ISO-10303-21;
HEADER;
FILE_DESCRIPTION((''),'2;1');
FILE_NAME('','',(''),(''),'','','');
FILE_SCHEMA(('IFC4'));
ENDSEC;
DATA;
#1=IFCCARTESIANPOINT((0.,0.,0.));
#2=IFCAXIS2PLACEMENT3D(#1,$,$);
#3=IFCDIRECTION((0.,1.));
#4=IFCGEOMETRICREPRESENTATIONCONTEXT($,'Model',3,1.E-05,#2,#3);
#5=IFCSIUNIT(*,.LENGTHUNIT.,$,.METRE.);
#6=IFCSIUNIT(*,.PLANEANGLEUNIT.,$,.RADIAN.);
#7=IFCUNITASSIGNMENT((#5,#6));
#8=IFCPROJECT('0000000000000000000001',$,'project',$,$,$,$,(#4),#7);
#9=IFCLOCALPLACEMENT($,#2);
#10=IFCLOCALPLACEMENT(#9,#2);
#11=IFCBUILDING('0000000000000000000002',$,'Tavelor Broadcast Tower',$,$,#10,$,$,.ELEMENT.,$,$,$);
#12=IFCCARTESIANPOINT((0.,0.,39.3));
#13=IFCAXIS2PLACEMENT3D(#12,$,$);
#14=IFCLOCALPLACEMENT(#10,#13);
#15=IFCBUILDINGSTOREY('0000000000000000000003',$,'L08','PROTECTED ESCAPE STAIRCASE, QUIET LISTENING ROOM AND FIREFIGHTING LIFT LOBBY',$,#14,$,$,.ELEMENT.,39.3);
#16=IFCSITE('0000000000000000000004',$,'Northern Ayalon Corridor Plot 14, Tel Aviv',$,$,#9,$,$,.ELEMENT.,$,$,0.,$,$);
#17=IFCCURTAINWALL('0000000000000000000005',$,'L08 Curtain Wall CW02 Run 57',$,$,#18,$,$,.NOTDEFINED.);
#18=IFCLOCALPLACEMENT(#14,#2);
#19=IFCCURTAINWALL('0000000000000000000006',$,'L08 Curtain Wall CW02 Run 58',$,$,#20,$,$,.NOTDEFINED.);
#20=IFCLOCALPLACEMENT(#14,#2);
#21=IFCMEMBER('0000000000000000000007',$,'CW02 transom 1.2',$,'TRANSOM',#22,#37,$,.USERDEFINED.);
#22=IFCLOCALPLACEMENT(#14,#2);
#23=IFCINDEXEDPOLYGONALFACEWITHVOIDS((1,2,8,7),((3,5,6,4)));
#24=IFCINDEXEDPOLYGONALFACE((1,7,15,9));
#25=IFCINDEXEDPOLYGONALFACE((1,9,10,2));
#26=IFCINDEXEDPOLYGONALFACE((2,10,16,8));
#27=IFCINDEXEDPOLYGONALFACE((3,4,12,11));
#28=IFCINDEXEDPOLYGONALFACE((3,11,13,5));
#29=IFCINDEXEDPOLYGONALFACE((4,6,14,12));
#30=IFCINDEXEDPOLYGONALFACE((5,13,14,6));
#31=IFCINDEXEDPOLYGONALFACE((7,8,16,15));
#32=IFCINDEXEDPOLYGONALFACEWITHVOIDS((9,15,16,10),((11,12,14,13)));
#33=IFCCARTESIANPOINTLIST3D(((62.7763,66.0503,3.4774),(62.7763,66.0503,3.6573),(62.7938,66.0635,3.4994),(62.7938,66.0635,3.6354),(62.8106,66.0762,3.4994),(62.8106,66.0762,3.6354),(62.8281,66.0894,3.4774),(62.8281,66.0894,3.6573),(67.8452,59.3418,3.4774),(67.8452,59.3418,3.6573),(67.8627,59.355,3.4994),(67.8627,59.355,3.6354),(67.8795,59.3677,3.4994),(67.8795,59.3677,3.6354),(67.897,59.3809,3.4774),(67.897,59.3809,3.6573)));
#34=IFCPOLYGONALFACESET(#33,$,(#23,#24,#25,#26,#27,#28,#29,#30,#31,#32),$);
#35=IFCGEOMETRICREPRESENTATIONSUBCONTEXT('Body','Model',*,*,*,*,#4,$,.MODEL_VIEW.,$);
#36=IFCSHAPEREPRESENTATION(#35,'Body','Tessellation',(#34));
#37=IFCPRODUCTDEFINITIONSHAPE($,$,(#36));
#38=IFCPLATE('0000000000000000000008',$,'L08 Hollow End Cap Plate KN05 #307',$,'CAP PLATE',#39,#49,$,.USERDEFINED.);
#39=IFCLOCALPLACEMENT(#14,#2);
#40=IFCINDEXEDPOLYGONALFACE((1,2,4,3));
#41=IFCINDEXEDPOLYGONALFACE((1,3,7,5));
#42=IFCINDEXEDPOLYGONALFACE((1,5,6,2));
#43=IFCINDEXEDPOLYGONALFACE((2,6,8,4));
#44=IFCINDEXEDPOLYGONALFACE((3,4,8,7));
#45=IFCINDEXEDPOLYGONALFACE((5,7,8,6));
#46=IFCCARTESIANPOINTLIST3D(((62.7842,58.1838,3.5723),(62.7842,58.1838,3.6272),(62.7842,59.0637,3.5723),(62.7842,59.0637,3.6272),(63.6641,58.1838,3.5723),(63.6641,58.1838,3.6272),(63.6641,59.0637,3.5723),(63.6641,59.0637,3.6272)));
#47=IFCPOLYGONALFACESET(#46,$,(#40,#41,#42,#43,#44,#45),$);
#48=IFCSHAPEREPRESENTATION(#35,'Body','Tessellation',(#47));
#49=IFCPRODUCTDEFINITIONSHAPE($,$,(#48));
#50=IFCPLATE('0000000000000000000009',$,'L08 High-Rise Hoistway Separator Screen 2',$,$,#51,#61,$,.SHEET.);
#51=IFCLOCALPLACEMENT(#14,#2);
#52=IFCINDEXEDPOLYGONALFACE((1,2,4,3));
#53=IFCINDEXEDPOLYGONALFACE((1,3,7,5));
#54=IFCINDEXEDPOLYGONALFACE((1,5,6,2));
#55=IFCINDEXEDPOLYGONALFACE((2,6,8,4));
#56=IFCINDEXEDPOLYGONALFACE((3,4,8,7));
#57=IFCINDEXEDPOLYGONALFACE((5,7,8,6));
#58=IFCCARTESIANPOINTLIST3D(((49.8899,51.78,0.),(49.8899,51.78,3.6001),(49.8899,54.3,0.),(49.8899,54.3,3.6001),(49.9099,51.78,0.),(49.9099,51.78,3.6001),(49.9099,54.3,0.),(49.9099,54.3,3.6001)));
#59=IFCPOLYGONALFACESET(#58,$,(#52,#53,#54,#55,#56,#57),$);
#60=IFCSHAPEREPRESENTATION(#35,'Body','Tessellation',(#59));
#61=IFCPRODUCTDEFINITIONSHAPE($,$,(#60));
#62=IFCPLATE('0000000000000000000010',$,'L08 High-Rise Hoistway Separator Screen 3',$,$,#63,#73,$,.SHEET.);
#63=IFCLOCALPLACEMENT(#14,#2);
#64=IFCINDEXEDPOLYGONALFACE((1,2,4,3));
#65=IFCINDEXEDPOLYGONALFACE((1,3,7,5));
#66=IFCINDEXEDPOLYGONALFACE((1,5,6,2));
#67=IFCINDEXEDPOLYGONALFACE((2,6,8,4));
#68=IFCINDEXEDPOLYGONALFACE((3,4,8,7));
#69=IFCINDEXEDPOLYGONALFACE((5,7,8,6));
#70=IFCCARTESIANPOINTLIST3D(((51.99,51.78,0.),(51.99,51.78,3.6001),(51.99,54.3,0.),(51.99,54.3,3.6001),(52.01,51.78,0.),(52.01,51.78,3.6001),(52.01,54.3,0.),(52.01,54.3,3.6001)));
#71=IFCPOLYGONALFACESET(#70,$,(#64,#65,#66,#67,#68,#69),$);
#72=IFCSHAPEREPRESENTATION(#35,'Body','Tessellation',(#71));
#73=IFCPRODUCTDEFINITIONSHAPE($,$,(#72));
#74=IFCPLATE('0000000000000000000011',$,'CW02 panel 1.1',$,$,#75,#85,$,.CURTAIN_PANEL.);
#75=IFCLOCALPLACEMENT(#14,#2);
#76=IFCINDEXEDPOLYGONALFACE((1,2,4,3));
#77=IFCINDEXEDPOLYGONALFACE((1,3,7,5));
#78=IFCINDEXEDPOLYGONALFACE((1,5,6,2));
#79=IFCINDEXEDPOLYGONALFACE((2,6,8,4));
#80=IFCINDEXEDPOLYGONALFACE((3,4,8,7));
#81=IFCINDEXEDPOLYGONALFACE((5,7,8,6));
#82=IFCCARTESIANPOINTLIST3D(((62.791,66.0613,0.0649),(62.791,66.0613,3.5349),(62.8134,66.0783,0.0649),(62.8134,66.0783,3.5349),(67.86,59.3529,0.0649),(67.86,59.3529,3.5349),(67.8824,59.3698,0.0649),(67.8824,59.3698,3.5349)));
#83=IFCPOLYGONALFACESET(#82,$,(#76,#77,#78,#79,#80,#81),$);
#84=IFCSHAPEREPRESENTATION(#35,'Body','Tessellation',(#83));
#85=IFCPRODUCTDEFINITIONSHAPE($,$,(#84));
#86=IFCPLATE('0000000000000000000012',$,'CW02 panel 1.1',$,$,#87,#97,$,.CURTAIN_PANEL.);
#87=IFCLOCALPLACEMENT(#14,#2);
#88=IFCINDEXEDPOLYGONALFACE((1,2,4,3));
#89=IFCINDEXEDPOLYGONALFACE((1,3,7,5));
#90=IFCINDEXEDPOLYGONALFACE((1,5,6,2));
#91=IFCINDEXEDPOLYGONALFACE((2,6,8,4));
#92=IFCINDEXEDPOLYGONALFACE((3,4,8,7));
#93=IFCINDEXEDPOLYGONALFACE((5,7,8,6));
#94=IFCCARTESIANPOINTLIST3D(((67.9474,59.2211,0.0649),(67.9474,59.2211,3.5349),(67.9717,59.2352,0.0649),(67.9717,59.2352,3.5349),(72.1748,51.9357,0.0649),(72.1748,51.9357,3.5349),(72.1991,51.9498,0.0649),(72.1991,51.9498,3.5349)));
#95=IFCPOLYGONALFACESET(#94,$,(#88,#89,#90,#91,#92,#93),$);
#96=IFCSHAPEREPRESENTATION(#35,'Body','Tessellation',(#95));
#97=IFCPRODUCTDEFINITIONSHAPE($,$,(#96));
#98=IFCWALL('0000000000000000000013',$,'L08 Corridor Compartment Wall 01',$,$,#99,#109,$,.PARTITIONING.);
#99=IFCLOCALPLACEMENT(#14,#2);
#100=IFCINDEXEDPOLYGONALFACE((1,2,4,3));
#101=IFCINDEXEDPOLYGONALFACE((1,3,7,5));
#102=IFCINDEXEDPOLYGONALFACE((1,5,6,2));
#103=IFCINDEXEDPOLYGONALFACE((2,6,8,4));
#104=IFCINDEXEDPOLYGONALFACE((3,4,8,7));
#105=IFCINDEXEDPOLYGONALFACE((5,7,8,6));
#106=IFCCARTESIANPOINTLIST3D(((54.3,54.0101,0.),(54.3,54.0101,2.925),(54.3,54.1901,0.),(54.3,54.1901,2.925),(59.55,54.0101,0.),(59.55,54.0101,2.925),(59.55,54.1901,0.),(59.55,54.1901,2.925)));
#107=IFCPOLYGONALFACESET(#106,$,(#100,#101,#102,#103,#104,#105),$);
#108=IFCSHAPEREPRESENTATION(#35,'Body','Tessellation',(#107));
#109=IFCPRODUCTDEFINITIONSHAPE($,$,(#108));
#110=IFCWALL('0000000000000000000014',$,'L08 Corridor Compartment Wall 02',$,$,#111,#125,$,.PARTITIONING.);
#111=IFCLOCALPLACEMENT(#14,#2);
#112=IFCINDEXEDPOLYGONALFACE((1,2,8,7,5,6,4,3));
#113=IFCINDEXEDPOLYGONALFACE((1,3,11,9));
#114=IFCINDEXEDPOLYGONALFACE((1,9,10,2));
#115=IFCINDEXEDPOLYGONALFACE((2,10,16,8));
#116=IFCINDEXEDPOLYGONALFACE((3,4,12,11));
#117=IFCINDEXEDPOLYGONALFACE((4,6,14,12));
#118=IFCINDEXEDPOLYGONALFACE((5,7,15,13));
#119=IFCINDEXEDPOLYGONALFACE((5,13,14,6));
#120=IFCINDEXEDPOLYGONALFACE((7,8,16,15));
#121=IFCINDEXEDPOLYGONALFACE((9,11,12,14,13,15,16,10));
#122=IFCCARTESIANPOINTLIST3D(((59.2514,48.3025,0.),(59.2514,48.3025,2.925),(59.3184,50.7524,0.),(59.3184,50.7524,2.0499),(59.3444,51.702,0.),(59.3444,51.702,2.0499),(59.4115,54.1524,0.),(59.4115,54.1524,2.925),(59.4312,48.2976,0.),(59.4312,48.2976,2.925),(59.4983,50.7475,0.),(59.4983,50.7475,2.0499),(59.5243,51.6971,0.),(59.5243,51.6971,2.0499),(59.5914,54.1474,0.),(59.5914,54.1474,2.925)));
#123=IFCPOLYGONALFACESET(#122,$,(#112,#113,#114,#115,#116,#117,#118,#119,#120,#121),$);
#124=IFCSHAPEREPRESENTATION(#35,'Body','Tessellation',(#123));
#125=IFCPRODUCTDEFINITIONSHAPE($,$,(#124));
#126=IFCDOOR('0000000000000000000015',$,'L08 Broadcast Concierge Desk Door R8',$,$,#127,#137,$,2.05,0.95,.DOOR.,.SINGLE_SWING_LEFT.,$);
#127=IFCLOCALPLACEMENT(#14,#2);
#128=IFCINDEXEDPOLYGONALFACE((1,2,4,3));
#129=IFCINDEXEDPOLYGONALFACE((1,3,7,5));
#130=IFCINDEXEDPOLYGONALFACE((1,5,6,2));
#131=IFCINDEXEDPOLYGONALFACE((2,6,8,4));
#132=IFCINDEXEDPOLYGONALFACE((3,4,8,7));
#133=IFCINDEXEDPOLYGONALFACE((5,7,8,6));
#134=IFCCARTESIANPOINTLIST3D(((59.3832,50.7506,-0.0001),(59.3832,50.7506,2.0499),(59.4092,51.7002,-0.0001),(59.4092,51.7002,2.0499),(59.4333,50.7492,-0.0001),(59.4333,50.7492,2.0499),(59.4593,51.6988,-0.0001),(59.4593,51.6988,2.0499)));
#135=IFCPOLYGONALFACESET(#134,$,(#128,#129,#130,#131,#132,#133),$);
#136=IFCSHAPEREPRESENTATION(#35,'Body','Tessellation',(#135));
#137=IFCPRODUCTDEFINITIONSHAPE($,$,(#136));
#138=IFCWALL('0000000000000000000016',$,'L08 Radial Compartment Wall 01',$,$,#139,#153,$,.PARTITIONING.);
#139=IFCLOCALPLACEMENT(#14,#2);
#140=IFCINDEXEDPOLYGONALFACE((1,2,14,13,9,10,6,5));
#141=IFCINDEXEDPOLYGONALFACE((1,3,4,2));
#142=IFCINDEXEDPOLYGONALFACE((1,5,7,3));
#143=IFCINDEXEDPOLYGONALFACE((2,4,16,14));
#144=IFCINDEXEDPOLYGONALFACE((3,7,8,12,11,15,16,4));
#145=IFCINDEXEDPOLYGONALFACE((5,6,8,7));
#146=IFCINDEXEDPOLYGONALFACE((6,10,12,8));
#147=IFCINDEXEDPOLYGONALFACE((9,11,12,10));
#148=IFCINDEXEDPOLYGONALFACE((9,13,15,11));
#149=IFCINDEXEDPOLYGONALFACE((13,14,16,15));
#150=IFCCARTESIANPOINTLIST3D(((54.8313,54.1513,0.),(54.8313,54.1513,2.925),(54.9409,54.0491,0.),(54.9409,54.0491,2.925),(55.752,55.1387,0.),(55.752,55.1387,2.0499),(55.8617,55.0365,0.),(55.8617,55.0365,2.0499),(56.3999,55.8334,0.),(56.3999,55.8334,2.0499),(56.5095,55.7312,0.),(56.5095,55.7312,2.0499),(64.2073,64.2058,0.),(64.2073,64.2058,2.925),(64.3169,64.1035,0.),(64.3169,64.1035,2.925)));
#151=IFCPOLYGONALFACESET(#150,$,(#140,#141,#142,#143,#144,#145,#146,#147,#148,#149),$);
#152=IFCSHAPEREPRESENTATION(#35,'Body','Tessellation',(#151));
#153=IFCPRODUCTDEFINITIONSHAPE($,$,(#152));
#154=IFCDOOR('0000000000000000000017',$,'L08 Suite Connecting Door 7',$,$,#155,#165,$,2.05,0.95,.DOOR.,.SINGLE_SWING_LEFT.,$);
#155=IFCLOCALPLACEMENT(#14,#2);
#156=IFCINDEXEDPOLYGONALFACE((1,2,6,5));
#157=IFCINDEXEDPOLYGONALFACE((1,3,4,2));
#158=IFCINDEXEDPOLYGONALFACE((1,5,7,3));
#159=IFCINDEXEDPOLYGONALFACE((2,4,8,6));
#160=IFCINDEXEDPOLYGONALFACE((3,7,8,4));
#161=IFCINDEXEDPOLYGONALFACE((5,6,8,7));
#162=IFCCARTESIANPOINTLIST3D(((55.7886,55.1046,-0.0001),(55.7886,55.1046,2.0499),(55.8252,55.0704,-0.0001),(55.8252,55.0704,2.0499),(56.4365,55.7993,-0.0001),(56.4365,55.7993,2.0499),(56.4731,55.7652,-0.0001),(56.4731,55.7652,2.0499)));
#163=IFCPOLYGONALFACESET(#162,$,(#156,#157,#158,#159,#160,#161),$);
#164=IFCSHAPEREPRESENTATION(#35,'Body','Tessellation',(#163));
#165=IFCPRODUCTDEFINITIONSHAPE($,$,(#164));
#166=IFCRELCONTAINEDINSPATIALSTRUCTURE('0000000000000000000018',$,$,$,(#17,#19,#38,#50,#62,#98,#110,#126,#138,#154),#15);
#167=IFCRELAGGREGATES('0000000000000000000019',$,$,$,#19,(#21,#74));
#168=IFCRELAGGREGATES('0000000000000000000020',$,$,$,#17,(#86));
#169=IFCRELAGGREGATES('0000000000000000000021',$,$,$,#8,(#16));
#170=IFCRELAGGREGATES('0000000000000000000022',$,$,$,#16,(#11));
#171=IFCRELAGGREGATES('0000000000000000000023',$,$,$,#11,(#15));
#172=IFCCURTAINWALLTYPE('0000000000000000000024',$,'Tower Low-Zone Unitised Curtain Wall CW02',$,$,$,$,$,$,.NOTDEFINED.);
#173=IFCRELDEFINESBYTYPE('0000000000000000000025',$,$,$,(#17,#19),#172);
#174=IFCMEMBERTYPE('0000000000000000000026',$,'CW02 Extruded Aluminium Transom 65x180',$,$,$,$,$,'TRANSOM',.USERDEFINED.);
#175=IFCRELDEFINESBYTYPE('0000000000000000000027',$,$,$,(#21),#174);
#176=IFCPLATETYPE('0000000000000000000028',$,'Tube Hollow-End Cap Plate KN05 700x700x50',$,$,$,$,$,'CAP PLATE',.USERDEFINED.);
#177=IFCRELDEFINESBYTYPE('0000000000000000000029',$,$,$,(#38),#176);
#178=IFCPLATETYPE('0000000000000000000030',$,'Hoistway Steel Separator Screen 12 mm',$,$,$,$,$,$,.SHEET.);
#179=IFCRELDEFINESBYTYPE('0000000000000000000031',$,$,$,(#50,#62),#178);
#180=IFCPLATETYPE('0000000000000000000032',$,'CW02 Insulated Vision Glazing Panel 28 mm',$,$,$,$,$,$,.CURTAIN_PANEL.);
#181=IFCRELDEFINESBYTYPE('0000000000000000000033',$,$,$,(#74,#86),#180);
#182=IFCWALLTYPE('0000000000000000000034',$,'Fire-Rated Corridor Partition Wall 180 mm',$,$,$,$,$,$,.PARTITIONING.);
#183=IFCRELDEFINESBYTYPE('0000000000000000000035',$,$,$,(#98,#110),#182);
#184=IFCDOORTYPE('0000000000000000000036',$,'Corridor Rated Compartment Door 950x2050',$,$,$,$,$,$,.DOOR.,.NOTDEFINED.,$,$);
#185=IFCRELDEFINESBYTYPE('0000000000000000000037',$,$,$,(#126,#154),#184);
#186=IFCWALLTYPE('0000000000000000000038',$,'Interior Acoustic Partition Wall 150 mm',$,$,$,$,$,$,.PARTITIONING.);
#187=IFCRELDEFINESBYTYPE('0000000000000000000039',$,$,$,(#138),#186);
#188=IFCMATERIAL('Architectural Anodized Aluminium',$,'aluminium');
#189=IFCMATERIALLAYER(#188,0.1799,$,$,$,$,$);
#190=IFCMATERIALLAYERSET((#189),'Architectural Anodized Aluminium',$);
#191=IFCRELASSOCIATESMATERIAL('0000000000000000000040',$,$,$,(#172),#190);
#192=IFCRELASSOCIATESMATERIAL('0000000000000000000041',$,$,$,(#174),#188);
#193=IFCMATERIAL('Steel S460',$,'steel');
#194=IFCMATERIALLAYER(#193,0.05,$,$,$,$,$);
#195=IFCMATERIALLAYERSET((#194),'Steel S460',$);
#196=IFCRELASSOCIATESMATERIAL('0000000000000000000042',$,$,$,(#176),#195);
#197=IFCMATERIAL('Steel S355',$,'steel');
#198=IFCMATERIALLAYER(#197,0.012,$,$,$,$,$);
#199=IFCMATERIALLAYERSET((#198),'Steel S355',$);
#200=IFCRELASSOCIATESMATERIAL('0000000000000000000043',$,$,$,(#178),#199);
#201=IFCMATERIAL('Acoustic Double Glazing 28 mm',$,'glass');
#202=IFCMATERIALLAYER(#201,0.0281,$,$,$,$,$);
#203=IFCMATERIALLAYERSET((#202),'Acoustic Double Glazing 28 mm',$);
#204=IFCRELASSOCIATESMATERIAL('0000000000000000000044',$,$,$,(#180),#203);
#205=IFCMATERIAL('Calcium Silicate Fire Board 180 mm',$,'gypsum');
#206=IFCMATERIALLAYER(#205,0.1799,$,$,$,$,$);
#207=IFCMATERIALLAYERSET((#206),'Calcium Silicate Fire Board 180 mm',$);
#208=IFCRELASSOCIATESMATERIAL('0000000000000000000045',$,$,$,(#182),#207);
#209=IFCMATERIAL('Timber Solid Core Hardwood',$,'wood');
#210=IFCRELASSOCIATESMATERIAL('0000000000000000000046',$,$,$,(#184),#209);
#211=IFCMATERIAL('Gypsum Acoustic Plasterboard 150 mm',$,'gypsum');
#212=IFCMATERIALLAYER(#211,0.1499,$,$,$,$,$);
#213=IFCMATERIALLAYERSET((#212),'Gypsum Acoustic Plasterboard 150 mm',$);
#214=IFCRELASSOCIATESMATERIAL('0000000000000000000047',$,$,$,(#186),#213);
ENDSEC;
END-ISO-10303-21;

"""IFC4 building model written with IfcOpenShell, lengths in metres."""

from ifc_helpers import new_model, si_unit, direction, frame, frame_2d, origin, origin_2d, place, context, subcontext, project, spatial, rectangle, hollow_rectangle, extrude, source, transform, mapped, material, layer, layer_set, material_profile, profile_set, type_object, type_shapes, element, fill, aggregate, save


model = new_model("IFC4")

# Units and contexts
model_context = context("Model", 3, precision=1e-05, world=origin(), true_north=direction((0.0, 1.0)))
body_context = subcontext(model_context, "Body", "Model", "MODEL_VIEW")
ifc_project = project(units=[si_unit("LENGTHUNIT", "METRE"), si_unit("PLANEANGLEUNIT", "RADIAN")], contexts=[model_context])

# Site, building, storey
site_placement = place(None, origin())
site = spatial("IfcSite", under=ifc_project, at=site_placement, Name="Northern Ayalon Corridor Plot 14, Tel Aviv", CompositionType="ELEMENT", RefElevation=0.0)
building_placement = place(site_placement, origin())
building = spatial("IfcBuilding", under=site, at=building_placement, Name="Tavelor Broadcast Tower", CompositionType="ELEMENT")
storey_placement = place(building_placement, frame((0.0, 0.0, 39.3)))
storey = spatial("IfcBuildingStorey", under=building, at=storey_placement, Name="L08", Description="PROTECTED ESCAPE STAIRCASE, QUIET LISTENING ROOM AND FIREFIGHTING LIFT LOBBY", CompositionType="ELEMENT", Elevation=39.3)

# Shared definitions
ifc_material_1 = material(Name="Steel S460", Category="steel")

# Shared definitions
ifc_material_2 = material(Name="Steel S355", Category="steel")

# Curtain wall
ifc_material_3 = material(Name="Architectural Anodized Aluminium", Category="aluminium")
ifc_layer_1 = layer(ifc_material_3, 0.1799)
ifc_layer_set_1 = layer_set([ifc_layer_1], Name="Architectural Anodized Aluminium")
curtain_wall_type = type_object("IfcCurtainWallType", Name="Tower Low-Zone Unitised Curtain Wall CW02", PredefinedType="NOTDEFINED", material=ifc_layer_set_1)
curtain_wall_1_placement = place(storey_placement, origin())
curtain_wall_1 = element("IfcCurtainWall", 1, at=curtain_wall_1_placement, inside=storey, type_object=curtain_wall_type, Name="L08 Curtain Wall CW02 Run 57", PredefinedType="NOTDEFINED")

# Curtain wall, member
curtain_wall_2_placement = place(storey_placement, origin())
curtain_wall_2 = element("IfcCurtainWall", 2, at=curtain_wall_2_placement, inside=storey, type_object=curtain_wall_type, Name="L08 Curtain Wall CW02 Run 58", PredefinedType="NOTDEFINED")
ifc_material_profile_1 = material_profile(ifc_material_3, hollow_rectangle(XDim=0.0649, YDim=0.1799, WallThickness=0.022, at=origin_2d()), Name="RHS 65x180x22")
ifc_profile_set_1 = profile_set([ifc_material_profile_1], Name="Architectural Anodized Aluminium")
member_type_1 = type_object("IfcMemberType", Name="CW02 Extruded Aluminium Transom 65x180", ElementType="TRANSOM", PredefinedType="USERDEFINED", material=ifc_profile_set_1)
shared_shape_1 = source(origin(), body_context, "Body", "SweptSolid", [
    extrude(hollow_rectangle(XDim=0.0649, YDim=0.1799, WallThickness=0.022, at=origin_2d()), origin(), (0.0, 0.0, 1.0), 8.4082),
])
type_shapes(member_type_1, [shared_shape_1])
member_1_placement = place(storey_placement, frame((67.8711, 59.3613, 3.5674), z_axis=(-0.602849, 0.797856, 0.0), x_axis=(-0.797856, -0.602849, 0.0)))
member_1 = element("IfcMember", 3, at=member_1_placement, type_object=member_type_1, Name="CW02 transom 1.2", ObjectType="TRANSOM", PredefinedType="USERDEFINED", context=body_context, shape_type="MappedRepresentation", body=[
    mapped(shared_shape_1, transform((0.0, 0.0, 0.0), scale=1.0)),
])

# Plates
ifc_layer_2 = layer(ifc_material_1, 0.05)
ifc_layer_set_2 = layer_set([ifc_layer_2], Name="Steel S460")
plate_type_1 = type_object("IfcPlateType", Name="Tube Hollow-End Cap Plate KN05 700x700x50", ElementType="CAP PLATE", PredefinedType="USERDEFINED", material=ifc_layer_set_2)
shared_shape_2 = source(origin(), body_context, "Body", "SweptSolid", [
    extrude(rectangle(XDim=0.8799, YDim=0.8799, at=origin_2d()), origin(), (0.0, 0.0, 1.0), 0.0549),
])
type_shapes(plate_type_1, [shared_shape_2])
plate_1_placement = place(storey_placement, frame((63.2241, 58.6238, 3.5723), z_axis=(0.0, 0.0, 1.0), x_axis=(1.0, 0.0, 0.0)))
element("IfcPlate", 4, at=plate_1_placement, inside=storey, type_object=plate_type_1, Name="L08 Hollow End Cap Plate KN05 #307", ObjectType="CAP PLATE", PredefinedType="USERDEFINED", context=body_context, shape_type="MappedRepresentation", body=[
    mapped(shared_shape_2, transform((0.0, 0.0, 0.0), scale=1.0)),
])
ifc_layer_3 = layer(ifc_material_2, 0.012)
ifc_layer_set_3 = layer_set([ifc_layer_3], Name="Steel S355")
plate_type_2 = type_object("IfcPlateType", Name="Hoistway Steel Separator Screen 12 mm", PredefinedType="SHEET", material=ifc_layer_set_3)
shared_shape_3 = source(origin(), body_context, "Body", "SweptSolid", [
    extrude(rectangle(XDim=0.02, YDim=2.52, at=origin_2d()), origin(), (0.0, 0.0, 1.0), 3.6001),
])
type_shapes(plate_type_2, [shared_shape_3])
for number, where, z_axis, x_axis, name in (
    (5, (49.8999, 53.04, 0.0), (0.0, 0.0, 1.0), (1.0, 0.0, 0.0), "L08 High-Rise Hoistway Separator Screen 2"),
    (6, (52.0, 53.04, 0.0), (0.0, 0.0, 1.0), (1.0, 0.0, 0.0), "L08 High-Rise Hoistway Separator Screen 3"),
):
    element("IfcPlate", number, at=place(storey_placement, frame(where, z_axis=z_axis, x_axis=x_axis)), inside=storey, type_object=plate_type_2, Name=name, PredefinedType="SHEET", context=body_context, shape_type="MappedRepresentation", body=[
        mapped(shared_shape_3, transform((0.0, 0.0, 0.0), scale=1.0)),
    ])

# Plates
ifc_material_4 = material(Name="Acoustic Double Glazing 28 mm", Category="glass")
ifc_layer_4 = layer(ifc_material_4, 0.0281)
ifc_layer_set_4 = layer_set([ifc_layer_4], Name="Acoustic Double Glazing 28 mm")
plate_type_3 = type_object("IfcPlateType", Name="CW02 Insulated Vision Glazing Panel 28 mm", PredefinedType="CURTAIN_PANEL", material=ifc_layer_set_4)
shared_shape_4 = source(origin(), body_context, "Body", "SweptSolid", [
    extrude(rectangle(XDim=8.4082, YDim=0.0281, at=origin_2d()), origin(), (0.0, 0.0, 1.0), 3.47),
])
plate_2_placement = place(storey_placement, frame((65.3367, 62.7156, 0.0649), z_axis=(0.0, 0.0, 1.0), x_axis=(-0.602861, 0.797846, 0.0)))
plate_2 = element("IfcPlate", 7, at=plate_2_placement, type_object=plate_type_3, Name="CW02 panel 1.1", PredefinedType="CURTAIN_PANEL", context=body_context, shape_type="MappedRepresentation", body=[
    mapped(shared_shape_4, transform((0.0, 0.0, 0.0), scale=1.0)),
])
aggregate(curtain_wall_2, [member_1, plate_2])
shared_shape_5 = source(origin(), body_context, "Body", "SweptSolid", [
    extrude(rectangle(XDim=8.4231, YDim=0.0281, at=origin_2d()), origin(), (0.0, 0.0, 1.0), 3.47),
])
type_shapes(plate_type_3, [shared_shape_4, shared_shape_5])
plate_3_placement = place(storey_placement, frame((70.0732, 55.5854, 0.0649), z_axis=(0.0, 0.0, 1.0), x_axis=(-0.501886, 0.864934, 0.0)))
plate_3 = element("IfcPlate", 8, at=plate_3_placement, type_object=plate_type_3, Name="CW02 panel 1.1", PredefinedType="CURTAIN_PANEL", context=body_context, shape_type="MappedRepresentation", body=[
    mapped(shared_shape_5, transform((0.0, 0.0, 0.0), scale=1.0)),
])
aggregate(curtain_wall_1, [plate_3])

# Wall
ifc_material_5 = material(Name="Calcium Silicate Fire Board 180 mm", Category="gypsum")
ifc_layer_5 = layer(ifc_material_5, 0.1799)
ifc_layer_set_5 = layer_set([ifc_layer_5], Name="Calcium Silicate Fire Board 180 mm")
wall_type_1 = type_object("IfcWallType", Name="Fire-Rated Corridor Partition Wall 180 mm", PredefinedType="PARTITIONING", material=ifc_layer_set_5)
wall_1_placement = place(storey_placement, frame((54.3, 54.1001, 0.0), z_axis=(0.0, 0.0, 1.0), x_axis=(1.0, 0.0, 0.0)))
element("IfcWall", 9, at=wall_1_placement, inside=storey, type_object=wall_type_1, Name="L08 Corridor Compartment Wall 01", PredefinedType="PARTITIONING", context=body_context, shape_type="SweptSolid", body=[
    extrude(rectangle(XDim=5.25, YDim=0.1799, at=frame_2d((2.625, 0.0))), origin(), (0.0, 0.0, 1.0), 2.925),
])

# Walls, openings, doors
wall_2_placement = place(storey_placement, frame((59.5015, 54.1499, 0.0), z_axis=(0.0, 0.0, 1.0), x_axis=(-0.027368, -0.999625, 0.0)))
wall_2 = element("IfcWall", 10, at=wall_2_placement, inside=storey, type_object=wall_type_1, Name="L08 Corridor Compartment Wall 02", PredefinedType="PARTITIONING", context=body_context, shape_type="SweptSolid", body=[
    extrude(rectangle(XDim=5.8521, YDim=0.1799, at=frame_2d((2.926, 0.0))), origin(), (0.0, 0.0, 1.0), 2.925),
])
opening_1_placement = place(wall_2_placement, frame((2.4512, 0.0, 0.0)))
opening_1 = element("IfcOpeningElement", 11, at=opening_1_placement, cuts=wall_2, PredefinedType="OPENING", context=body_context, shape_type="SweptSolid", body=[
    extrude(rectangle(XDim=0.95, YDim=2.05, at=frame_2d((0.4751, 1.0249))), frame((0.0, 0.1001, 0.0), z_axis=(0.0, -1.0, 0.0), x_axis=(1.0, 0.0, 0.0)), (0.0, 0.0, 1.0), 0.2),
])
ifc_material_6 = material(Name="Timber Solid Core Hardwood", Category="wood")
door_type = type_object("IfcDoorType", Name="Corridor Rated Compartment Door 950x2050", OperationType="NOTDEFINED", PredefinedType="DOOR", material=ifc_material_6)
door_1_placement = place(opening_1_placement, origin())
door_1 = element("IfcDoor", 12, at=door_1_placement, inside=storey, type_object=door_type, Name="L08 Broadcast Concierge Desk Door R8", OperationType="SINGLE_SWING_LEFT", OverallHeight=2.05, OverallWidth=0.95, PredefinedType="DOOR", context=body_context, shape_type="SweptSolid", body=[
    extrude(rectangle(XDim=0.95, YDim=2.05, at=frame_2d((0.4751, 1.0249))), frame((0.0, 0.0249, 0.0), z_axis=(0.0, -1.0, 0.0), x_axis=(1.0, 0.0, 0.0)), (0.0, 0.0, 1.0), 0.05),
])
fill(opening_1, door_1)
ifc_material_7 = material(Name="Gypsum Acoustic Plasterboard 150 mm", Category="gypsum")
ifc_layer_6 = layer(ifc_material_7, 0.1499)
ifc_layer_set_6 = layer_set([ifc_layer_6], Name="Gypsum Acoustic Plasterboard 150 mm")
wall_type_2 = type_object("IfcWallType", Name="Interior Acoustic Partition Wall 150 mm", PredefinedType="PARTITIONING", material=ifc_layer_set_6)
wall_3_placement = place(storey_placement, frame((54.886, 54.1001, 0.0), z_axis=(0.0, 0.0, 1.0), x_axis=(0.682001, 0.731352, 0.0)))
wall_3 = element("IfcWall", 13, at=wall_3_placement, inside=storey, type_object=wall_type_2, Name="L08 Radial Compartment Wall 01", PredefinedType="PARTITIONING", context=body_context, shape_type="SweptSolid", body=[
    extrude(rectangle(XDim=13.7478, YDim=0.1499, at=frame_2d((6.874, 0.0))), origin(), (0.0, 0.0, 1.0), 2.925),
])
opening_2_placement = place(wall_3_placement, frame((1.3501, 0.0, 0.0)))
opening_2 = element("IfcOpeningElement", 14, at=opening_2_placement, cuts=wall_3, PredefinedType="OPENING", context=body_context, shape_type="SweptSolid", body=[
    extrude(rectangle(XDim=0.95, YDim=2.05, at=frame_2d((0.4751, 1.0249))), frame((0.0, 0.085, 0.0), z_axis=(0.0, -1.0, 0.0), x_axis=(1.0, 0.0, 0.0)), (0.0, 0.0, 1.0), 0.1699),
])
door_2_placement = place(opening_2_placement, origin())
door_2 = element("IfcDoor", 15, at=door_2_placement, inside=storey, type_object=door_type, Name="L08 Suite Connecting Door 7", OperationType="SINGLE_SWING_LEFT", OverallHeight=2.05, OverallWidth=0.95, PredefinedType="DOOR", context=body_context, shape_type="SweptSolid", body=[
    extrude(rectangle(XDim=0.95, YDim=2.05, at=frame_2d((0.4751, 1.0249))), frame((0.0, 0.0249, 0.0), z_axis=(0.0, -1.0, 0.0), x_axis=(1.0, 0.0, 0.0)), (0.0, 0.0, 1.0), 0.05),
])
fill(opening_2, door_2)

save(model, "model.ifc")
